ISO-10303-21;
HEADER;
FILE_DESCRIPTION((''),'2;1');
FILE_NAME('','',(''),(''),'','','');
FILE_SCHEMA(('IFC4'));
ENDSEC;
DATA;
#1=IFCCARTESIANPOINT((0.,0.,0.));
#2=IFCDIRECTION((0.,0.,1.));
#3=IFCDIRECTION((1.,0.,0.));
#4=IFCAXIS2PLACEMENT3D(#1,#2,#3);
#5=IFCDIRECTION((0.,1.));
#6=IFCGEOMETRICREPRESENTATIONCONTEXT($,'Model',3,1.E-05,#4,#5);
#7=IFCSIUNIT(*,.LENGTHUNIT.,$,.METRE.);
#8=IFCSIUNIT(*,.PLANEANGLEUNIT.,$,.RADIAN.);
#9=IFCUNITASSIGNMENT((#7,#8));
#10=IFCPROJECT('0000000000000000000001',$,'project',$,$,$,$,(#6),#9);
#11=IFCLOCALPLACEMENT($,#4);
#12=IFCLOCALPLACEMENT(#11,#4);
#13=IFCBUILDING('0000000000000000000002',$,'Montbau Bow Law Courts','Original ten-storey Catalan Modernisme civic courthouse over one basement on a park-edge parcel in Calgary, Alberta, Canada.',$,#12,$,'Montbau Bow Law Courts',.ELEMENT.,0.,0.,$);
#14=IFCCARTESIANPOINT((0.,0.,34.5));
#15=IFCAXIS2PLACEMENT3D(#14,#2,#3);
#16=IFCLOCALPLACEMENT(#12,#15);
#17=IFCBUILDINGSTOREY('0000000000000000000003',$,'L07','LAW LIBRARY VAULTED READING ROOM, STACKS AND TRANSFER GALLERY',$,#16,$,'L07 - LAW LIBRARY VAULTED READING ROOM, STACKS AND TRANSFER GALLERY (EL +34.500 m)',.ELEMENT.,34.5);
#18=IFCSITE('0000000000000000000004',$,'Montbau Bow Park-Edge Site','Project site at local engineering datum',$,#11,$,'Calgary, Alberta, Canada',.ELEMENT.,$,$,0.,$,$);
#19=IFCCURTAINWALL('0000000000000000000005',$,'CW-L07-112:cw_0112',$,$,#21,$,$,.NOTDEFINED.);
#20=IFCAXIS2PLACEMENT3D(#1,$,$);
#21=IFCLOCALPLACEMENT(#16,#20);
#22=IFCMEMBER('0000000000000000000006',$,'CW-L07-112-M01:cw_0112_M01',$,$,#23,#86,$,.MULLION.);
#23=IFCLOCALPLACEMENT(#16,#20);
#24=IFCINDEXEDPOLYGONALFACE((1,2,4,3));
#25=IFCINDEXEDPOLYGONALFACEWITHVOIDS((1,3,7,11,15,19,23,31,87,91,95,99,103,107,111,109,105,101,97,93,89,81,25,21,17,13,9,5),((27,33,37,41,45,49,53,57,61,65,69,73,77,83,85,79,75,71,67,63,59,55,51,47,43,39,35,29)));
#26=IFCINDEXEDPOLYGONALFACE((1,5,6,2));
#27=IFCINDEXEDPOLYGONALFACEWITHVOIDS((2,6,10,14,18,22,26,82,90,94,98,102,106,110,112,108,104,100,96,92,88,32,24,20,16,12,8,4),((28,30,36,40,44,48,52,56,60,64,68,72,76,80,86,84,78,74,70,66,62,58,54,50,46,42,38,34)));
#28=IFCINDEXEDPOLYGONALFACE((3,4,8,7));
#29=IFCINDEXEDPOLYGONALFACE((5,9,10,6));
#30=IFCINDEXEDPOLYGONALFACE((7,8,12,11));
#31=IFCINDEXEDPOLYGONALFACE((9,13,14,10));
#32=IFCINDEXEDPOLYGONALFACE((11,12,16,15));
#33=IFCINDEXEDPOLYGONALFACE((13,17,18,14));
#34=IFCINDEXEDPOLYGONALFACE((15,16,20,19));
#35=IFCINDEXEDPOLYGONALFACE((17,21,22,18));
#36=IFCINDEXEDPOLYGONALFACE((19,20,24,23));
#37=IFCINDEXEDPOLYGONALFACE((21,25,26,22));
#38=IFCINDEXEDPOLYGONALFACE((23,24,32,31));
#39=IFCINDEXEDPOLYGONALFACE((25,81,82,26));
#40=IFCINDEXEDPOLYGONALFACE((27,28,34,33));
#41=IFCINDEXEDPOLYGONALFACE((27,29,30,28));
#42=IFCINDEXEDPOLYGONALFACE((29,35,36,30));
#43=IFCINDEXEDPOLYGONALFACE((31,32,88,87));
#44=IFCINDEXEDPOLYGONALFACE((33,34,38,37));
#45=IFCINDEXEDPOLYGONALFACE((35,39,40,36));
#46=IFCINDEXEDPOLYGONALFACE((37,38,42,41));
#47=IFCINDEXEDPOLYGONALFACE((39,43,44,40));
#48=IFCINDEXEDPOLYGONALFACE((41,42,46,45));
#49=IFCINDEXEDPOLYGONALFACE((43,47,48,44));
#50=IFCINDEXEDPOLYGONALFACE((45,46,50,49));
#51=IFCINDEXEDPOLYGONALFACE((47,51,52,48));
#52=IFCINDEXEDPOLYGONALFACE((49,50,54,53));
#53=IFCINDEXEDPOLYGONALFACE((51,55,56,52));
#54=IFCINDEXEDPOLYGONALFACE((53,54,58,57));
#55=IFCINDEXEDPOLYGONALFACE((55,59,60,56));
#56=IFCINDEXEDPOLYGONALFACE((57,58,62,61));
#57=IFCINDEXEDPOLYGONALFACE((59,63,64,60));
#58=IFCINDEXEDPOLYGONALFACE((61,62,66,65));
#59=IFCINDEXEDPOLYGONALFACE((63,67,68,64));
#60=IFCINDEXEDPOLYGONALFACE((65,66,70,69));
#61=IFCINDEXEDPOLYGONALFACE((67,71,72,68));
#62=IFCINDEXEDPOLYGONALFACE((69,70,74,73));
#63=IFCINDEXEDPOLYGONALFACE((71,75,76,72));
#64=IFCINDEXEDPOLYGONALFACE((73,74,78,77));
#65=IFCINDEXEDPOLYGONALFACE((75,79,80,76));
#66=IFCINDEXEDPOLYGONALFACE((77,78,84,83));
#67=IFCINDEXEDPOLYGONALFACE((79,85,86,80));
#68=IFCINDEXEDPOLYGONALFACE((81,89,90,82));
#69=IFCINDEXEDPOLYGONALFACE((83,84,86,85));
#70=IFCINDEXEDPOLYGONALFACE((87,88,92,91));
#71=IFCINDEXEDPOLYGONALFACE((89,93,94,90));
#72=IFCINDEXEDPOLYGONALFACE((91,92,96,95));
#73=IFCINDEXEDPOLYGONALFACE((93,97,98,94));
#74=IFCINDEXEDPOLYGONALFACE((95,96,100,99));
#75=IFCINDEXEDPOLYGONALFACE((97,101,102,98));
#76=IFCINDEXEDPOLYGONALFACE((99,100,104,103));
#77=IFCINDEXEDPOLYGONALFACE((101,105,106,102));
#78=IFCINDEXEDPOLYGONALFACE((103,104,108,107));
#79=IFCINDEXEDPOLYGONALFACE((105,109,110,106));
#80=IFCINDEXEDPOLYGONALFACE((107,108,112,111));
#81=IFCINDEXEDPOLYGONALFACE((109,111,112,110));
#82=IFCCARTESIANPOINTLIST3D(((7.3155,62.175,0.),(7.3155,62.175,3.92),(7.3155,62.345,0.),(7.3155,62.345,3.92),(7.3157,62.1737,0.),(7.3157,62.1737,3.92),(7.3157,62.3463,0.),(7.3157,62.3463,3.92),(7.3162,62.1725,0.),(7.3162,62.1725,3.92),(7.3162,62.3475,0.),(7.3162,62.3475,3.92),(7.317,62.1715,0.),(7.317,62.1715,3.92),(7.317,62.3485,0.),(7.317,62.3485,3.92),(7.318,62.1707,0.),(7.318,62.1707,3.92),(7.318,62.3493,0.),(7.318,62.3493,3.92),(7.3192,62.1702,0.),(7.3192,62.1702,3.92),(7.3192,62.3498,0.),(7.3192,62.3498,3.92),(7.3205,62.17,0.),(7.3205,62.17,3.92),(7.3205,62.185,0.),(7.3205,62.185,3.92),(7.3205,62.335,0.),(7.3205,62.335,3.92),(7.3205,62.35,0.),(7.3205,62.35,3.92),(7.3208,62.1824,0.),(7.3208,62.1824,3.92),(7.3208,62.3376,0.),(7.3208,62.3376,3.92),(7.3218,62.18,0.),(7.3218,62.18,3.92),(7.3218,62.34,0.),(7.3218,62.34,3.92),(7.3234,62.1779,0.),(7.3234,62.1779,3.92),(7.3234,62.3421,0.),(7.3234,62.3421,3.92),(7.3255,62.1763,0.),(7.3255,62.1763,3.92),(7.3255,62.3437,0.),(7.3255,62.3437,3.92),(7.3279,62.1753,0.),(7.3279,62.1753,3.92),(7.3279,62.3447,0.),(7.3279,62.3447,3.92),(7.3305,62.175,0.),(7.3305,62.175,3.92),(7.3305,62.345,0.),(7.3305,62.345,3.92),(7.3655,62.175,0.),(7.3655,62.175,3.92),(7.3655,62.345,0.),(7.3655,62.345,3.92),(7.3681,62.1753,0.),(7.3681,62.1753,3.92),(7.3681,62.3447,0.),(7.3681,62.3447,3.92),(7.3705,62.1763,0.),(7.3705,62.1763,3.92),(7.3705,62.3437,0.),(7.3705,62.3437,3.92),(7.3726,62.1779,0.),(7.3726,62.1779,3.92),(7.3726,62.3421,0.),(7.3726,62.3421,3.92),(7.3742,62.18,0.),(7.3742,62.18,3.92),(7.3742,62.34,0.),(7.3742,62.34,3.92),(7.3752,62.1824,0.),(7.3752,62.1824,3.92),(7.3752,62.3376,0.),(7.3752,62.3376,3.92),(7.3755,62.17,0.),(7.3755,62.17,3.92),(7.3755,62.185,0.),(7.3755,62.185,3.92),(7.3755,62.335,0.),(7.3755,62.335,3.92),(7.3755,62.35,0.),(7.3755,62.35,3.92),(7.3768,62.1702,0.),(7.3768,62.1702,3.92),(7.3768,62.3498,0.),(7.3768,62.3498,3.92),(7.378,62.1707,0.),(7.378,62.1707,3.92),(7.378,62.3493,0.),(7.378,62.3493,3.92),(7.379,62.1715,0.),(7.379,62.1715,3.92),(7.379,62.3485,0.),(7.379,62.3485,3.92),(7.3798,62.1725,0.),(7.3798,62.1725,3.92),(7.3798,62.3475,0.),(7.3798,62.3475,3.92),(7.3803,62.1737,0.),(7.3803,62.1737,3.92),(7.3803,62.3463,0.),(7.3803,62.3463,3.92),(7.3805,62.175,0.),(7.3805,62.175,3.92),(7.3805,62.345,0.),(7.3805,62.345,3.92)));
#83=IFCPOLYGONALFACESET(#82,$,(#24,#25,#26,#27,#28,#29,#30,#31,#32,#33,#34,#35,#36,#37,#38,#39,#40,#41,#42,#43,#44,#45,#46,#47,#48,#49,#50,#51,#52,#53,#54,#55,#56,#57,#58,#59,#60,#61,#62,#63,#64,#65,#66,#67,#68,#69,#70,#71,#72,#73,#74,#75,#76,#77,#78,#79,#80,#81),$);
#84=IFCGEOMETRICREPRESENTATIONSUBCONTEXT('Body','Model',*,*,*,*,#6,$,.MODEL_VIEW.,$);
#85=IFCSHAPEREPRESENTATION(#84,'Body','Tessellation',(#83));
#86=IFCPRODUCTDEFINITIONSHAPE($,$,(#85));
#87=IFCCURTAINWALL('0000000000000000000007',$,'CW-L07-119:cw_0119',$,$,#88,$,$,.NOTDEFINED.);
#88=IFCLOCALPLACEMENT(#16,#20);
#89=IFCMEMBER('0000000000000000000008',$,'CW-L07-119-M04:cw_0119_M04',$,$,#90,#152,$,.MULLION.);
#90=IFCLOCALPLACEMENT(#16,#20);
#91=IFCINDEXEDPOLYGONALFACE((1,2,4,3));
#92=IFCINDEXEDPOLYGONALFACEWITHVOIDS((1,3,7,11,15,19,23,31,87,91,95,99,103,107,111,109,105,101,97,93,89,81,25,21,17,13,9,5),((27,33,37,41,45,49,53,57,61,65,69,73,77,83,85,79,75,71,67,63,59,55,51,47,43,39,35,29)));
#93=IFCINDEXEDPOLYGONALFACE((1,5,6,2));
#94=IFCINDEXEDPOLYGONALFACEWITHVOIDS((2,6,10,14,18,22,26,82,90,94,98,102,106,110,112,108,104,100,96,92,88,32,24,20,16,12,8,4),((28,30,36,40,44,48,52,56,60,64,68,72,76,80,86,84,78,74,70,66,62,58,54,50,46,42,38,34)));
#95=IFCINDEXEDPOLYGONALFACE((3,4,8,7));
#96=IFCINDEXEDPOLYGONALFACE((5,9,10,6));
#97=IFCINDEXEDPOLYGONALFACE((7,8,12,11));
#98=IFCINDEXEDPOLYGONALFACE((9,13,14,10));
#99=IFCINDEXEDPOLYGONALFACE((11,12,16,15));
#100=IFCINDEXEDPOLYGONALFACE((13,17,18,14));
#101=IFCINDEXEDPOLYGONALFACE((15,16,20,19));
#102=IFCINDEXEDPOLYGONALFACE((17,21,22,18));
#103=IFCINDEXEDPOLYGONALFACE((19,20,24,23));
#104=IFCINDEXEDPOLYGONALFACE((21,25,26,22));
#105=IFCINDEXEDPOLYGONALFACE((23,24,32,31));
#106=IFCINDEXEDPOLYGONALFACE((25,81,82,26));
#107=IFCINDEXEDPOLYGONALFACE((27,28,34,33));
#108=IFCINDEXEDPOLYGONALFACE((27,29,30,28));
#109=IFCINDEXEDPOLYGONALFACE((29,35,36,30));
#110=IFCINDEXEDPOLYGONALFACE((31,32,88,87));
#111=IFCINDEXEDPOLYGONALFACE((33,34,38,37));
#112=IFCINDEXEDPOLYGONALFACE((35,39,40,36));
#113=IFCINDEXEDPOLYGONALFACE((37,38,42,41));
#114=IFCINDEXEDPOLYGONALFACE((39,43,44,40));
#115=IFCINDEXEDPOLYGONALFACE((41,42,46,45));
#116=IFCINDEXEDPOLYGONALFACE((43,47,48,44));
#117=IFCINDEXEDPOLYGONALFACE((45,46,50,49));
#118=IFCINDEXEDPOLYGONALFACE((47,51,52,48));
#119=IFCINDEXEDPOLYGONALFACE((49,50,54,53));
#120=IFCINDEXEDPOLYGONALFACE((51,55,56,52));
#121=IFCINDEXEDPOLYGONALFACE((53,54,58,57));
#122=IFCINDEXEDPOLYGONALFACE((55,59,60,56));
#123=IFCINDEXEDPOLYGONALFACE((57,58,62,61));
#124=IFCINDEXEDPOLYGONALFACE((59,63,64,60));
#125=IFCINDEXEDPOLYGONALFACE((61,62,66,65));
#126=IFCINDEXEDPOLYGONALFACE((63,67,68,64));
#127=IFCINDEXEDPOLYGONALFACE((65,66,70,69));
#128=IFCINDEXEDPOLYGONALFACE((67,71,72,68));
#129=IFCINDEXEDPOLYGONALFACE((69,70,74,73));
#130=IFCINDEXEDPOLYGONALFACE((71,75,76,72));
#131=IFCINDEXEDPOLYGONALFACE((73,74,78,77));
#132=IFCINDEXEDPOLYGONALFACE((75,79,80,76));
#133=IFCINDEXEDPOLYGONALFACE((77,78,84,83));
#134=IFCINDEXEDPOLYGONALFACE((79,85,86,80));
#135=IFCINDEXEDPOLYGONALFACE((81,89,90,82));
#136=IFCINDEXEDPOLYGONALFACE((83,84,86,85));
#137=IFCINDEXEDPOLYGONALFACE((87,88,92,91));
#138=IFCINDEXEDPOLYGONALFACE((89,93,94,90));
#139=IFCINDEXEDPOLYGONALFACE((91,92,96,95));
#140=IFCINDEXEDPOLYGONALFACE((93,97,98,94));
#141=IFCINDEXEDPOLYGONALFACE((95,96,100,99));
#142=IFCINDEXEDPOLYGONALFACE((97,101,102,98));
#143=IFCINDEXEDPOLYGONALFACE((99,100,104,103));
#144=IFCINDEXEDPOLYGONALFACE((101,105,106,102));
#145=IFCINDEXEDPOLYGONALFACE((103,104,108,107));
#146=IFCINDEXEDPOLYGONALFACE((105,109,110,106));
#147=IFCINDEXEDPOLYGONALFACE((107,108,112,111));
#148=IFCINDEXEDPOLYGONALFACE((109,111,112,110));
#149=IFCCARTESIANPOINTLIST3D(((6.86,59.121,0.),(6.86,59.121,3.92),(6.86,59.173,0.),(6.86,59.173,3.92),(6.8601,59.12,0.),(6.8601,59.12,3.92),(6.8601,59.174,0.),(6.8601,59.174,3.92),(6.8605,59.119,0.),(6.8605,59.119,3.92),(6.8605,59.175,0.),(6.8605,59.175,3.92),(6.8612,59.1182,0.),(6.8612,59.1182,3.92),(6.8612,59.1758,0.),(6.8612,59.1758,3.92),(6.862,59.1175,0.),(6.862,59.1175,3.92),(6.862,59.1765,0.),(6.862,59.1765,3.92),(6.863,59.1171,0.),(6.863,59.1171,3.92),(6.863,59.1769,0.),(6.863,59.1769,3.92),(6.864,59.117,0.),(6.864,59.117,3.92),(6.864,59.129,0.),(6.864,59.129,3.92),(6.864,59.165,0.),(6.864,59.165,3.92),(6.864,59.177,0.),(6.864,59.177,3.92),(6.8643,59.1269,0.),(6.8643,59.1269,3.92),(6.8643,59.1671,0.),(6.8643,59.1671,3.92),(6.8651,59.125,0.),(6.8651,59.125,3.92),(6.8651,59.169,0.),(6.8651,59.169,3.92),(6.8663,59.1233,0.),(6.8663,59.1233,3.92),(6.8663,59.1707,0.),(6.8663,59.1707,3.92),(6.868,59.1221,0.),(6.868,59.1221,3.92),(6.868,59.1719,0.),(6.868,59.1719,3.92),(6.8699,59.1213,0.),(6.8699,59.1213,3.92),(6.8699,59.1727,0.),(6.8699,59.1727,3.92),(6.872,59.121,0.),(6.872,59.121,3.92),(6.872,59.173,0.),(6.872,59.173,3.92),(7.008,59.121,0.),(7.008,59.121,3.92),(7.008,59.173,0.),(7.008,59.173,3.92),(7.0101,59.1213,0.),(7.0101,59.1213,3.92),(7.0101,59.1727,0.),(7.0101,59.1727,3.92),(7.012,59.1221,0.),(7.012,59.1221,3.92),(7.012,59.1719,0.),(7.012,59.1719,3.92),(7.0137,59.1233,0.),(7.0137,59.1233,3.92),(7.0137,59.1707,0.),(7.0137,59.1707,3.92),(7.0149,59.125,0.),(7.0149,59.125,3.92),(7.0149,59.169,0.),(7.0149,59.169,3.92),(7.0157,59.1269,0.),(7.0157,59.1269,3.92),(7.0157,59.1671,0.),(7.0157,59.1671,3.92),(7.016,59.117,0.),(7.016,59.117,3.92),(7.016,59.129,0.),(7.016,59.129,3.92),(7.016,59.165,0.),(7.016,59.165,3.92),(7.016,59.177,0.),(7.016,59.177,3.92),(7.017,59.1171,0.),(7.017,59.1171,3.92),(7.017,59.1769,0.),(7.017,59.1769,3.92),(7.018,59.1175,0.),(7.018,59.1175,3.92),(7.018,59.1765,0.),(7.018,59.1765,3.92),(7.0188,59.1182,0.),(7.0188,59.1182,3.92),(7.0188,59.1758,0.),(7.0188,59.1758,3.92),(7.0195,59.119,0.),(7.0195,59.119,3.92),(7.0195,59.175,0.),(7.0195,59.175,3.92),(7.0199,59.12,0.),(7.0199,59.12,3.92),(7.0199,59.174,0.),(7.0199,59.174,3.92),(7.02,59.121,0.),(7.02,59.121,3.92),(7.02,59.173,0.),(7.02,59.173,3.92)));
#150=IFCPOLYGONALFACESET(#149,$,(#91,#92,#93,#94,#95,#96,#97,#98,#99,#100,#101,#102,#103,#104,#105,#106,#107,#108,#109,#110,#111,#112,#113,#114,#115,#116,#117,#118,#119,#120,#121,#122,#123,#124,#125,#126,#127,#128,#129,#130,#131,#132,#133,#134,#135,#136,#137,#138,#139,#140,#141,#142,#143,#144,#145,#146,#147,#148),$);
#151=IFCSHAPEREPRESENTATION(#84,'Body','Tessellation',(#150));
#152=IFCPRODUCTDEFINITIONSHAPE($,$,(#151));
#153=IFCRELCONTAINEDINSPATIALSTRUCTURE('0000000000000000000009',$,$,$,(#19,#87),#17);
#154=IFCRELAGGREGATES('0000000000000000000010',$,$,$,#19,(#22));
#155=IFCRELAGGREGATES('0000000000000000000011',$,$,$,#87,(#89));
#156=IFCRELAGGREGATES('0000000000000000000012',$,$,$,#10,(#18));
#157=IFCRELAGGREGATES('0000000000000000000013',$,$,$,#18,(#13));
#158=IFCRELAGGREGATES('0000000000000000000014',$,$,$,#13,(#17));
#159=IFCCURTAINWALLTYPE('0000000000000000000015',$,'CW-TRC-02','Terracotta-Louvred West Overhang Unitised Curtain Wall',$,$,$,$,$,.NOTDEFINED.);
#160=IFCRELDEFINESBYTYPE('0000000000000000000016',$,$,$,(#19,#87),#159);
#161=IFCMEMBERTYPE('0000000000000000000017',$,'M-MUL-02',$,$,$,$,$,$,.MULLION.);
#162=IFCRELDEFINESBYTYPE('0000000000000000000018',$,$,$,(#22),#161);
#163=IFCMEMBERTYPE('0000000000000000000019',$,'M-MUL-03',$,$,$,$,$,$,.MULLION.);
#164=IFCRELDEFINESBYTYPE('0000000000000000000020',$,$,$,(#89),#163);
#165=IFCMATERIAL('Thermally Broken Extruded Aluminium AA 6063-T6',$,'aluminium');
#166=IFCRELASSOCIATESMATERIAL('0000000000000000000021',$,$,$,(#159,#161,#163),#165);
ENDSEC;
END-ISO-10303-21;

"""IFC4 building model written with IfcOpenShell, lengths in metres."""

from ifc_helpers import new_model, si_unit, direction, frame, origin_with_axes, origin_2d_with_axis, place, context, subcontext, project, spatial, hollow_rectangle, extrude, material, material_profile, profile_set, type_object, element, aggregate, save


model = new_model("IFC4")

# Units and contexts
model_context = context("Model", 3, precision=1e-05, world=origin_with_axes(), true_north=direction((0.0, 1.0)))
body_context = subcontext(model_context, "Body", "Model", "MODEL_VIEW")
ifc_project = project(units=[si_unit("LENGTHUNIT", "METRE"), si_unit("PLANEANGLEUNIT", "RADIAN")], contexts=[model_context])

# Site, building, storey
site_placement = place(None, origin_with_axes())
site = spatial("IfcSite", under=ifc_project, at=site_placement, Name="Montbau Bow Park-Edge Site", Description="Project site at local engineering datum", LongName="Calgary, Alberta, Canada", CompositionType="ELEMENT", RefElevation=0.0)
building_placement = place(site_placement, origin_with_axes())
building = spatial("IfcBuilding", under=site, at=building_placement, Name="Montbau Bow Law Courts", Description="Original ten-storey Catalan Modernisme civic courthouse over one basement on a park-edge parcel in Calgary, Alberta, Canada.", LongName="Montbau Bow Law Courts", CompositionType="ELEMENT", ElevationOfRefHeight=0.0, ElevationOfTerrain=0.0)
storey_placement = place(building_placement, frame((0.0, 0.0, 34.5), z_axis=(0.0, 0.0, 1.0), x_axis=(1.0, 0.0, 0.0)))
storey = spatial("IfcBuildingStorey", under=building, at=storey_placement, Name="L07", Description="LAW LIBRARY VAULTED READING ROOM, STACKS AND TRANSFER GALLERY", LongName="L07 - LAW LIBRARY VAULTED READING ROOM, STACKS AND TRANSFER GALLERY (EL +34.500 m)", CompositionType="ELEMENT", Elevation=34.5)

# Curtain wall, member
ifc_material_1 = material(Name="Thermally Broken Extruded Aluminium AA 6063-T6", Category="aluminium")
curtain_wall_type = type_object("IfcCurtainWallType", Name="CW-TRC-02", Description="Terracotta-Louvred West Overhang Unitised Curtain Wall", PredefinedType="NOTDEFINED", material=ifc_material_1)
curtain_wall_1_placement = place(None, frame((7.315, 62.26, 34.5), z_axis=(0.0, 0.0, 1.0), x_axis=(1.0, 0.0, 0.0)))
curtain_wall_1 = element("IfcCurtainWall", 1, at=curtain_wall_1_placement, inside=storey, type_object=curtain_wall_type, Name="CW-L07-112:cw_0112", PredefinedType="NOTDEFINED")
ifc_material_profile_1 = material_profile(ifc_material_1, hollow_rectangle(XDim=0.065, YDim=0.18, WallThickness=0.005, InnerFilletRadius=0.01, OuterFilletRadius=0.005, at=origin_2d_with_axis()), Name="CWM-180X65", Category="Main", Priority=0)
ifc_profile_set_1 = profile_set([ifc_material_profile_1], Name="Thermally Broken Extruded Aluminium AA 6063-T6")
member_type_1 = type_object("IfcMemberType", Name="M-MUL-02", PredefinedType="MULLION", material=ifc_profile_set_1)
member_1_placement = place(None, frame((7.348, 62.26, 34.5), z_axis=(0.0, 0.0, 1.0), x_axis=(1.0, 0.0, 0.0)))
member_1 = element("IfcMember", 2, at=member_1_placement, type_object=member_type_1, Name="CW-L07-112-M01:cw_0112_M01", PredefinedType="MULLION", context=body_context, shape_type="SweptSolid", body=[
    extrude(hollow_rectangle(XDim=0.065, YDim=0.18, WallThickness=0.005, InnerFilletRadius=0.01, OuterFilletRadius=0.005, at=origin_2d_with_axis()), origin_with_axes(), (0.0, 0.0, 1.0), 3.92),
])

# Curtain wall, member
curtain_wall_2_placement = place(None, frame((6.94, 55.04, 34.5), z_axis=(0.0, 0.0, 1.0), x_axis=(1.0, 0.0, 0.0)))
curtain_wall_2 = element("IfcCurtainWall", 3, at=curtain_wall_2_placement, inside=storey, type_object=curtain_wall_type, Name="CW-L07-119:cw_0119", PredefinedType="NOTDEFINED")
ifc_material_profile_2 = material_profile(ifc_material_1, hollow_rectangle(XDim=0.06, YDim=0.16, WallThickness=0.004, InnerFilletRadius=0.008, OuterFilletRadius=0.004, at=origin_2d_with_axis()), Name="CWM-160X60", Category="Main", Priority=0)
ifc_profile_set_2 = profile_set([ifc_material_profile_2], Name="Thermally Broken Extruded Aluminium AA 6063-T6")
member_type_2 = type_object("IfcMemberType", Name="M-MUL-03", PredefinedType="MULLION", material=ifc_profile_set_2)
member_2_placement = place(None, frame((6.94, 59.147, 34.5), z_axis=(0.0, 0.0, 1.0), x_axis=(0.0, 1.0, 0.0)))
member_2 = element("IfcMember", 4, at=member_2_placement, type_object=member_type_2, Name="CW-L07-119-M04:cw_0119_M04", PredefinedType="MULLION", context=body_context, shape_type="SweptSolid", body=[
    extrude(hollow_rectangle(XDim=0.06, YDim=0.16, WallThickness=0.004, InnerFilletRadius=0.008, OuterFilletRadius=0.004, at=origin_2d_with_axis()), origin_with_axes(), (0.0, 0.0, 1.0), 3.92),
])

aggregate(curtain_wall_1, [member_1])
aggregate(curtain_wall_2, [member_2])

save(model, "model.ifc")
